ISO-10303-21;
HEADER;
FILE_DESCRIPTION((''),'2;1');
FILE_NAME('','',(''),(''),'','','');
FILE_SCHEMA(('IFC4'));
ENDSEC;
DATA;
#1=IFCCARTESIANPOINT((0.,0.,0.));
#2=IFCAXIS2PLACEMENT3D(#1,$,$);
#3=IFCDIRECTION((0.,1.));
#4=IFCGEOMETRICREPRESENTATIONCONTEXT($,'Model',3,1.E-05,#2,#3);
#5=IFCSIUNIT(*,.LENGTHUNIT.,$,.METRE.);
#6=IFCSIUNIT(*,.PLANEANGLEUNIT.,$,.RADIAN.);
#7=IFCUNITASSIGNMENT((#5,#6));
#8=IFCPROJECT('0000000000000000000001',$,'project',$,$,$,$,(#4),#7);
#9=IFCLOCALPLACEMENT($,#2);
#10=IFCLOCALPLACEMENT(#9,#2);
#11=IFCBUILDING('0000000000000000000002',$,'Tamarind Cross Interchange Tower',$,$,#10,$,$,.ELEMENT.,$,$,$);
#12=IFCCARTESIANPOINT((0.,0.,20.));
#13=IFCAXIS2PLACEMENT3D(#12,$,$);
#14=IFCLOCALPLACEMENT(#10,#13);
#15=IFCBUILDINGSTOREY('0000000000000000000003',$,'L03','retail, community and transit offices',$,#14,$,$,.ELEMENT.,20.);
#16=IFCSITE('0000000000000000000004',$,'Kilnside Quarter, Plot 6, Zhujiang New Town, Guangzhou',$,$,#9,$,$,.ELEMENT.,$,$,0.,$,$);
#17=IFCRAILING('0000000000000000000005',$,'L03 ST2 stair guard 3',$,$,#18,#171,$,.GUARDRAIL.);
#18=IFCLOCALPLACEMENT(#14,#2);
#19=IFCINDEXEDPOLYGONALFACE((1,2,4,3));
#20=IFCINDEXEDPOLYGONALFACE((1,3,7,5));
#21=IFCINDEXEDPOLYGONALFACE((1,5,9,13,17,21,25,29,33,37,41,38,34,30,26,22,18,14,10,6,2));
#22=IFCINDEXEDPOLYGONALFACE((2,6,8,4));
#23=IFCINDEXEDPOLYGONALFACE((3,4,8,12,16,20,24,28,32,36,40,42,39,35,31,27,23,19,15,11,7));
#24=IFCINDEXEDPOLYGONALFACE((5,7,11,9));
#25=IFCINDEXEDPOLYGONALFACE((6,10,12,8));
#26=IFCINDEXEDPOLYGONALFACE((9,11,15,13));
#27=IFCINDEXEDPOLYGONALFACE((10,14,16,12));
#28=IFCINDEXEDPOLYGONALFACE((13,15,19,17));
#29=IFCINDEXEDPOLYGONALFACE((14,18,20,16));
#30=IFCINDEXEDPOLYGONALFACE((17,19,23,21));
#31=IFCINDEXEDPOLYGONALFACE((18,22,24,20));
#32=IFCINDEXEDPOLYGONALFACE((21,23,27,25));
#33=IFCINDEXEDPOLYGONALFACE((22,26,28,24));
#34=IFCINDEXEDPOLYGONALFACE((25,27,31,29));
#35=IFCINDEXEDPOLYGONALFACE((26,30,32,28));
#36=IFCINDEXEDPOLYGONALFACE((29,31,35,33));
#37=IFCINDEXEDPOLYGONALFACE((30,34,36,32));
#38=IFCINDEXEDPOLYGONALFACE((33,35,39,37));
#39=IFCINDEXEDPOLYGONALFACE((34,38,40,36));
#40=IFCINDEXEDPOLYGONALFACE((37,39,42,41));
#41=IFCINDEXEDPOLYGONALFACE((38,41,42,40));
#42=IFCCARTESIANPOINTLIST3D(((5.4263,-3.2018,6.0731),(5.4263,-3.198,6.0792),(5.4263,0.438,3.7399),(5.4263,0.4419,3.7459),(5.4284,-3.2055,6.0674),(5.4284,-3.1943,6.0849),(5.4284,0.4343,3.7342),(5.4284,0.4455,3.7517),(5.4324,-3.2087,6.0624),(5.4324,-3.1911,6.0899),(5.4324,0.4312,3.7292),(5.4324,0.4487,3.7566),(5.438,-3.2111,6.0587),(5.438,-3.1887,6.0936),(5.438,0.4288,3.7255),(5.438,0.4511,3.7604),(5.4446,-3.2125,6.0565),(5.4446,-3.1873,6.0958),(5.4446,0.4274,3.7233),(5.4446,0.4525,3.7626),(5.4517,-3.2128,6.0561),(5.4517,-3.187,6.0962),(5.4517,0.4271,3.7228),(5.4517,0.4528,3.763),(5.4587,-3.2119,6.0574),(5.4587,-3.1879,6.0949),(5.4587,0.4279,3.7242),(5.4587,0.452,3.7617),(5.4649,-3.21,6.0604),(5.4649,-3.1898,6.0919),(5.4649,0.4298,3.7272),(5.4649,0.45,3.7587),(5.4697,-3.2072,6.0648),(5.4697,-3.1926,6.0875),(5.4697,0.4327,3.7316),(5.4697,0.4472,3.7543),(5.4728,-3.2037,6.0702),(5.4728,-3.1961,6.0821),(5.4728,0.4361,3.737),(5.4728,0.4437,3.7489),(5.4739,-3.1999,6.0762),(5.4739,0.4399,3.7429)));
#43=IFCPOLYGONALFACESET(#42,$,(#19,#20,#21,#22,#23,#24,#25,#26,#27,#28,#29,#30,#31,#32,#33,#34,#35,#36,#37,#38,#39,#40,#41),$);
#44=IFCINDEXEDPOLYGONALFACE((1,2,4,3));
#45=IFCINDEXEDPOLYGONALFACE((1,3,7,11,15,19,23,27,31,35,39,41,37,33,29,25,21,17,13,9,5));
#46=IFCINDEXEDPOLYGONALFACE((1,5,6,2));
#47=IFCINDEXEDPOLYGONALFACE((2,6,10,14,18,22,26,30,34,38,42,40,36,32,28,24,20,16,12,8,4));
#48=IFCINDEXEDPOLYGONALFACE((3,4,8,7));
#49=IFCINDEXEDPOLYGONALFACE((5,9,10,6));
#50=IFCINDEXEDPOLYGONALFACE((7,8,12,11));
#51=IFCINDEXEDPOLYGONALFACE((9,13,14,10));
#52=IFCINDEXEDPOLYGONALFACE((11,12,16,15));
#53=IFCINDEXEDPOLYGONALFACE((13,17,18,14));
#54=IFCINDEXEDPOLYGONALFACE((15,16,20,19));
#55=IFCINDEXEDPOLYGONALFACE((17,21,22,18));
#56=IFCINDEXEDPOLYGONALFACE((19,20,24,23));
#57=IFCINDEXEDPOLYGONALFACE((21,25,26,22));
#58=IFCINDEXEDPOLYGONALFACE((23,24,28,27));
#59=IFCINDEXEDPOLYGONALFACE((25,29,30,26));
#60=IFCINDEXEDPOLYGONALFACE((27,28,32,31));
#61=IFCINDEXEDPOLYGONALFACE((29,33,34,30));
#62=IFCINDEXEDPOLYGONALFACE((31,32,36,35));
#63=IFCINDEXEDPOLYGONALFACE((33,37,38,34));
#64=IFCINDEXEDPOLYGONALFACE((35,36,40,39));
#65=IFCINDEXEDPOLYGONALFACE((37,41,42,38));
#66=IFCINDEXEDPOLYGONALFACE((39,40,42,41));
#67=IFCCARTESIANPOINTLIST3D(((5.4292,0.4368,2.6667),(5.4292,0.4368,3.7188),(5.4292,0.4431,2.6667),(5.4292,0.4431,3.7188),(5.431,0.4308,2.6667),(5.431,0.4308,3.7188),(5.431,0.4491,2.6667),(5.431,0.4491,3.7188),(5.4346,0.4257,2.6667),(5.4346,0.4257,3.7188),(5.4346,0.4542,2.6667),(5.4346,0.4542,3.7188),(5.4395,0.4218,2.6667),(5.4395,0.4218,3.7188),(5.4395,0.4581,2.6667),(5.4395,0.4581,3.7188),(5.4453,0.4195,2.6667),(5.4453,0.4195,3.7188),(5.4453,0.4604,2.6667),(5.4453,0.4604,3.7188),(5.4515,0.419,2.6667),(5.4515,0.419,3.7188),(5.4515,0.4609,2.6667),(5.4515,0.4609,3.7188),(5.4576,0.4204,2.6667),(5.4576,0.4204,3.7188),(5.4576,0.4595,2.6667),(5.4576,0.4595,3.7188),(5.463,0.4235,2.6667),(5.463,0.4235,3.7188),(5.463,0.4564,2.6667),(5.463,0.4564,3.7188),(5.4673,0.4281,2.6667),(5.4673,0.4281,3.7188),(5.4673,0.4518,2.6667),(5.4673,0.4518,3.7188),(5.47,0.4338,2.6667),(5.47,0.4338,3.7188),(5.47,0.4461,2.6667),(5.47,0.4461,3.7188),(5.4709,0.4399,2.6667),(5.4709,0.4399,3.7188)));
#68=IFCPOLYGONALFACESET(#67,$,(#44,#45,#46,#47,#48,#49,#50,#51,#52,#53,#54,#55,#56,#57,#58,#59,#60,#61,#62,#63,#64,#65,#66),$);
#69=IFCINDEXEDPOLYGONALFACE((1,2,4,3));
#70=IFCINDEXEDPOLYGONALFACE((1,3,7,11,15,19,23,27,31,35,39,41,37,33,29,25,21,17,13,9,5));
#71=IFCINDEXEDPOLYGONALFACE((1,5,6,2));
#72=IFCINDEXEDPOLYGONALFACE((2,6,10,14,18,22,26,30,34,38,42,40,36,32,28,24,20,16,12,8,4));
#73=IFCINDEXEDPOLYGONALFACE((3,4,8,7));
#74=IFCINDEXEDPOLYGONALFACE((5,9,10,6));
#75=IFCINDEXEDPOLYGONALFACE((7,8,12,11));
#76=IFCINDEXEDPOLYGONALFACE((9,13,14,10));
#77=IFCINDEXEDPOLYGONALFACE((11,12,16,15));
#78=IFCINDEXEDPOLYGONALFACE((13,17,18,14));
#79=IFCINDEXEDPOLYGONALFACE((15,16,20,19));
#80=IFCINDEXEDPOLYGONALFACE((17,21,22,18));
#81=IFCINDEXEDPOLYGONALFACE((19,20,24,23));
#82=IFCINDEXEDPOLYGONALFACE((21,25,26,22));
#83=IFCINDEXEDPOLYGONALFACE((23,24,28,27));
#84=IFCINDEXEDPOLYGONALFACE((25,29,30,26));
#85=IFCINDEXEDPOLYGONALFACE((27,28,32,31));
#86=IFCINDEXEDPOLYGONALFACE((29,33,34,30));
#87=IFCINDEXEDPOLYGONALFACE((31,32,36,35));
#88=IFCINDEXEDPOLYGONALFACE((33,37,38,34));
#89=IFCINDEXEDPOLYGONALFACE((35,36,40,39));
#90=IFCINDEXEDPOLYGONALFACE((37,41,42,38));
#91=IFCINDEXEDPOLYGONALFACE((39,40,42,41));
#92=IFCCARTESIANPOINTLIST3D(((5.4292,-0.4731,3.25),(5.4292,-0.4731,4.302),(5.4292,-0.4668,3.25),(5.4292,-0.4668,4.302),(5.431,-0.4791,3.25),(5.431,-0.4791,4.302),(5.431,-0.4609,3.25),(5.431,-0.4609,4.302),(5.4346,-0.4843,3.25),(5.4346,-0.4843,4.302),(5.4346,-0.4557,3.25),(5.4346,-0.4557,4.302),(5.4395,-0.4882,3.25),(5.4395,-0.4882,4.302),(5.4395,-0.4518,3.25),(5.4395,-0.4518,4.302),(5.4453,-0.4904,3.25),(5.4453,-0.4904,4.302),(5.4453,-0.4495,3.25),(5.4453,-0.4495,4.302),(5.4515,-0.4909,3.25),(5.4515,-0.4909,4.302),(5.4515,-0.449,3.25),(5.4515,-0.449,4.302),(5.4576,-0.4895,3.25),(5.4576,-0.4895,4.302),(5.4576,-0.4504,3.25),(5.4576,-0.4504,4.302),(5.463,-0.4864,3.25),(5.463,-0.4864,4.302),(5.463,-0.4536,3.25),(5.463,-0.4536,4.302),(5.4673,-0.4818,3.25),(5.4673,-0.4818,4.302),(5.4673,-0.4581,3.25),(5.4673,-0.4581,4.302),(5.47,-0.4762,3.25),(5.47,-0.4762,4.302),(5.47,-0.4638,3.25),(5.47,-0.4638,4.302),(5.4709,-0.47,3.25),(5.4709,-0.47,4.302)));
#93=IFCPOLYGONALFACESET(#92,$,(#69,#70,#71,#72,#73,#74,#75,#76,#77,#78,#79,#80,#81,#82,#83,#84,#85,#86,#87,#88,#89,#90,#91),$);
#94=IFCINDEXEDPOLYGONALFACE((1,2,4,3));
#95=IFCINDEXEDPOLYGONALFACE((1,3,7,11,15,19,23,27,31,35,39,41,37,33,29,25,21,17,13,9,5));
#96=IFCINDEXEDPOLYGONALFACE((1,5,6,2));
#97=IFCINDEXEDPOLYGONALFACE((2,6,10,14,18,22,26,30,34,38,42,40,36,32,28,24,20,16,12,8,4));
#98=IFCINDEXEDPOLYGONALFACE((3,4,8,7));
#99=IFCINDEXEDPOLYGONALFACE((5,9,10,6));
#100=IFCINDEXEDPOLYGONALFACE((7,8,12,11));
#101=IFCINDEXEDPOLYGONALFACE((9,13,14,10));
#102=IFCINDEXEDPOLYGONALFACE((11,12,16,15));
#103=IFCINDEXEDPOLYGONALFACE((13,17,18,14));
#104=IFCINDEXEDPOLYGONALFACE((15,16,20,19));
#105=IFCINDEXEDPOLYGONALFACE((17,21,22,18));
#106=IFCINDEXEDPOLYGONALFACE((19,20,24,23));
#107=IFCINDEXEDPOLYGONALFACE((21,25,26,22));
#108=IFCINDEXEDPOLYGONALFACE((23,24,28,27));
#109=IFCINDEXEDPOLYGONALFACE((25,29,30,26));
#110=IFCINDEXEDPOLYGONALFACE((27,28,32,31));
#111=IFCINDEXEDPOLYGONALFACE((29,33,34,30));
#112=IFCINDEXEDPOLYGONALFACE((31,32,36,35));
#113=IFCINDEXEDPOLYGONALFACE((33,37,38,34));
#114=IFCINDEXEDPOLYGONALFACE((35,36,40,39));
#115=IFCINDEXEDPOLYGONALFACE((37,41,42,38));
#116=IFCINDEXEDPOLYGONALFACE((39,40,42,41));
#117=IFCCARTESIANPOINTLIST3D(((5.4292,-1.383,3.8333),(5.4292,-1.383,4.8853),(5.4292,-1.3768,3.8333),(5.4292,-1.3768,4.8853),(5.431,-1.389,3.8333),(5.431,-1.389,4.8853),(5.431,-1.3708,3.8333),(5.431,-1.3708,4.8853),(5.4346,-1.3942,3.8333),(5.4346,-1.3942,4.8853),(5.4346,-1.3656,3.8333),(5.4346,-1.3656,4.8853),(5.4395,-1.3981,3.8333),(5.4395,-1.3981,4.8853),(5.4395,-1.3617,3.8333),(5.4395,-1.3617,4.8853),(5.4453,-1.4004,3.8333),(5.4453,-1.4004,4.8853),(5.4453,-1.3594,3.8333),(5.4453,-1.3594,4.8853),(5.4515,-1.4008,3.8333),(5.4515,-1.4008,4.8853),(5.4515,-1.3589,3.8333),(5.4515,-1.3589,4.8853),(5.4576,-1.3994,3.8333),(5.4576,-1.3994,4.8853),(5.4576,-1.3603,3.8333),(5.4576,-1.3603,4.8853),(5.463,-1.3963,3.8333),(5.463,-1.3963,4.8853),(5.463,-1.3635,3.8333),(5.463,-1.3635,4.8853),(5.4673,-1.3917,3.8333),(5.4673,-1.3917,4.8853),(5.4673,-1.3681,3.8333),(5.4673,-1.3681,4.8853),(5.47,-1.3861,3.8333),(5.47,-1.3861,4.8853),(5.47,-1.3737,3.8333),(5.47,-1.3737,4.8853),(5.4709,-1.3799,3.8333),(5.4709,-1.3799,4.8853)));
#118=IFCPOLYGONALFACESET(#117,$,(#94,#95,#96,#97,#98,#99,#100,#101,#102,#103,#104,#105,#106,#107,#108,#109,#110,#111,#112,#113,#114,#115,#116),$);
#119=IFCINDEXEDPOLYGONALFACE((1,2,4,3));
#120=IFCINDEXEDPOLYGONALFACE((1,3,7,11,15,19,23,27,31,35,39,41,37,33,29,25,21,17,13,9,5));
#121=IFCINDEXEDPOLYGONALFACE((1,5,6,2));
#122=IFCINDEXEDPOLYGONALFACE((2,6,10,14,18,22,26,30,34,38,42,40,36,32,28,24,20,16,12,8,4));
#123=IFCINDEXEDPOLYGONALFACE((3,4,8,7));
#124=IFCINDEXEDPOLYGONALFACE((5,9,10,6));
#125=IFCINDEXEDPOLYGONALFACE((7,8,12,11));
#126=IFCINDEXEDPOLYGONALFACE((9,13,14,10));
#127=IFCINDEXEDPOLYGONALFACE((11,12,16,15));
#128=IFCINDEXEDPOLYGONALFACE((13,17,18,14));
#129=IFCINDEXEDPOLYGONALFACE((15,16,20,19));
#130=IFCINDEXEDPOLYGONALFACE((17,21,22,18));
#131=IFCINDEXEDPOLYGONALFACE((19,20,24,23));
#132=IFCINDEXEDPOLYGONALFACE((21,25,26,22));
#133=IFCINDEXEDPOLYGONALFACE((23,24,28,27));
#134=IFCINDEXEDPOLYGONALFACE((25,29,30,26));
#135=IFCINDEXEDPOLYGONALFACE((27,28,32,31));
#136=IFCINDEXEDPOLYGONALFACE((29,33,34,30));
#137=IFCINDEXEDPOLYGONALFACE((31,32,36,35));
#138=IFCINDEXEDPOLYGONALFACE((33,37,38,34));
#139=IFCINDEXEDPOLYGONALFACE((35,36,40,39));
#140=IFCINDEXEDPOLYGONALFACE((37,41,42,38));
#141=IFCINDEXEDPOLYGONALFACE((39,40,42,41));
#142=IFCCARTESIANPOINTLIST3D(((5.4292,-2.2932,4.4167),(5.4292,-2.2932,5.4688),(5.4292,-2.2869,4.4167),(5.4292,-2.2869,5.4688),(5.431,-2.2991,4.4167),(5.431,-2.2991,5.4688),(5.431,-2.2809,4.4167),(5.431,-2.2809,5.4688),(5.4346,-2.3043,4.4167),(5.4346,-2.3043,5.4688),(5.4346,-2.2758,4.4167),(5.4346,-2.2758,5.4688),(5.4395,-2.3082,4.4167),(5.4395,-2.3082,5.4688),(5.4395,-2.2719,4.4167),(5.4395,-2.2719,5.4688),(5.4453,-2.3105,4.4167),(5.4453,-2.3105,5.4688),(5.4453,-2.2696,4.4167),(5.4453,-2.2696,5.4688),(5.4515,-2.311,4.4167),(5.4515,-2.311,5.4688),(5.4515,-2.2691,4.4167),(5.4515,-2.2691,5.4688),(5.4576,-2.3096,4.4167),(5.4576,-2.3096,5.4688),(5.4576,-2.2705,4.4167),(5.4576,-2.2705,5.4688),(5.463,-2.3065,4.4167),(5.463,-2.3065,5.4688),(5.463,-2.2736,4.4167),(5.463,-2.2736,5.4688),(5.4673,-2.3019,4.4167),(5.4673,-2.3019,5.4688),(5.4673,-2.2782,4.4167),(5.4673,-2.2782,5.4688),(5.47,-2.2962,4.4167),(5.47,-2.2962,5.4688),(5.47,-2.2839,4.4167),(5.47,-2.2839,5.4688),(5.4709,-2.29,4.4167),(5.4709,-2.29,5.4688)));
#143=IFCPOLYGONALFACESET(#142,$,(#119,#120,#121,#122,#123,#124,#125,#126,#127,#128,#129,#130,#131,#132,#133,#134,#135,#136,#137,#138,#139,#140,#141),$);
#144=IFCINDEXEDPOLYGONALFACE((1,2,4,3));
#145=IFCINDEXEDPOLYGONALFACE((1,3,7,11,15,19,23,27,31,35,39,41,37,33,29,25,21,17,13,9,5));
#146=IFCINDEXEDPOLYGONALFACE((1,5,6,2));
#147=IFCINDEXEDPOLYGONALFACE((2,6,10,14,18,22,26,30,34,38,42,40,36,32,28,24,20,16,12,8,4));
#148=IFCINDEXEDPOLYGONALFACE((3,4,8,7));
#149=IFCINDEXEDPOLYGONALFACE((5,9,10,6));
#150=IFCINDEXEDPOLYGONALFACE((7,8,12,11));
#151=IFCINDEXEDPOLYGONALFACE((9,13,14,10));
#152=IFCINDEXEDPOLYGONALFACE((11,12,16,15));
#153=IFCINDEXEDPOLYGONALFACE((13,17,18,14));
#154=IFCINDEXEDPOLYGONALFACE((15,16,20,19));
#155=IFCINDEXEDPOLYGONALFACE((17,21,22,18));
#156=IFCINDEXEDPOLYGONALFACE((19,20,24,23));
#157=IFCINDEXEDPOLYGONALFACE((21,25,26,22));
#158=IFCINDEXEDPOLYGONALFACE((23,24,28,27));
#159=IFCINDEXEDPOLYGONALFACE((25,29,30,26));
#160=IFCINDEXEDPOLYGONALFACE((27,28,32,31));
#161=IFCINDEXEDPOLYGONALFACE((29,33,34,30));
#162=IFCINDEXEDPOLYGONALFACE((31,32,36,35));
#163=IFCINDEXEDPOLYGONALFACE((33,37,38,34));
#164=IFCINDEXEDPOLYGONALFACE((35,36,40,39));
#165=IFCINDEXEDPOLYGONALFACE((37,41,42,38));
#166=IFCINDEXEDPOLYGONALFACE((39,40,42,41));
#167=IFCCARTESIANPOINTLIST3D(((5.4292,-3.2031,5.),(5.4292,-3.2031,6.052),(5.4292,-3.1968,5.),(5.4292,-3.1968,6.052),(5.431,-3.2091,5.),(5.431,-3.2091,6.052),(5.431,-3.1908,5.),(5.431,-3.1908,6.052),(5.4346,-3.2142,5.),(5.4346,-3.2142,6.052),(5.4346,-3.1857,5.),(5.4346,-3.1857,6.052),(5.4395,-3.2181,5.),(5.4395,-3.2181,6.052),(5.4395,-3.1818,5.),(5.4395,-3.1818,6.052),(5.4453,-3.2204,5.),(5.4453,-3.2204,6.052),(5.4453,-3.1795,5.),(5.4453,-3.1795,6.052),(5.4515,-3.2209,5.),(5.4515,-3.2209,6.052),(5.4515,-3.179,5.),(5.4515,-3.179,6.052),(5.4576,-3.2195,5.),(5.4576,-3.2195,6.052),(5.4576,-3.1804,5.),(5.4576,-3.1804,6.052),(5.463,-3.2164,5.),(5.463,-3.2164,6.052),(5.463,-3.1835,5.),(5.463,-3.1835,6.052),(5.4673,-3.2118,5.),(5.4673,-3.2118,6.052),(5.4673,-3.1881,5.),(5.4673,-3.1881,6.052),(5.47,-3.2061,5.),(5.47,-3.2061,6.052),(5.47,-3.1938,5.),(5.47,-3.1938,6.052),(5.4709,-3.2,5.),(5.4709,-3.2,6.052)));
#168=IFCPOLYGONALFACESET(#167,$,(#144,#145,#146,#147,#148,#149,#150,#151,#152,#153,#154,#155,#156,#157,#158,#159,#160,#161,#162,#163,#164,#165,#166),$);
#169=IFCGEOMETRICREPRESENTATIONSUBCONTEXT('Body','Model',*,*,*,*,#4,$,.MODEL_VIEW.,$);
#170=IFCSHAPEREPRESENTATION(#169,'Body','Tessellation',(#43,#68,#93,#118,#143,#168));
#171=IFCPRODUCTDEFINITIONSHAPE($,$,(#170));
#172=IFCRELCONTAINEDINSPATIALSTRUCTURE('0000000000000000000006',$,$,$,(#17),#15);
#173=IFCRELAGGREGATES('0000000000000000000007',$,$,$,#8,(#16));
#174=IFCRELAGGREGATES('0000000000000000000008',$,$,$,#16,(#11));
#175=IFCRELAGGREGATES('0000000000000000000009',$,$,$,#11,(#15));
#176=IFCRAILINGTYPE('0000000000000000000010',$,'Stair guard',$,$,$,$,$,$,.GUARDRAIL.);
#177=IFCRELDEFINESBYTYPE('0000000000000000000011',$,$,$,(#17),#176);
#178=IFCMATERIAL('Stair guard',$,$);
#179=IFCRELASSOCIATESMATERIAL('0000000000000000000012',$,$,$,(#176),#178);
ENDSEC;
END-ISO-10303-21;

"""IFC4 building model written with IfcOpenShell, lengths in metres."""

from ifc_helpers import new_model, si_unit, direction, frame, origin, origin_2d, place, context, subcontext, project, spatial, circle, extrude, material, type_object, element, save


model = new_model("IFC4")

# Units and contexts
model_context = context("Model", 3, precision=1e-05, world=origin(), true_north=direction((0.0, 1.0)))
body_context = subcontext(model_context, "Body", "Model", "MODEL_VIEW")
ifc_project = project(units=[si_unit("LENGTHUNIT", "METRE"), si_unit("PLANEANGLEUNIT", "RADIAN")], contexts=[model_context])

# Site, building, storey
site_placement = place(None, origin())
site = spatial("IfcSite", under=ifc_project, at=site_placement, Name="Kilnside Quarter, Plot 6, Zhujiang New Town, Guangzhou", CompositionType="ELEMENT", RefElevation=0.0)
building_placement = place(site_placement, origin())
building = spatial("IfcBuilding", under=site, at=building_placement, Name="Tamarind Cross Interchange Tower", CompositionType="ELEMENT")
storey_placement = place(building_placement, frame((0.0, 0.0, 20.0)))
storey = spatial("IfcBuildingStorey", under=building, at=storey_placement, Name="L03", Description="retail, community and transit offices", CompositionType="ELEMENT", Elevation=20.0)

# Railing
ifc_material_1 = material(Name="Stair guard")
railing_type_1 = type_object("IfcRailingType", Name="Stair guard", PredefinedType="GUARDRAIL", material=ifc_material_1)
railing_1_placement = place(storey_placement, frame((5.45, 0.4399, 2.6667)))
element("IfcRailing", 1, at=railing_1_placement, inside=storey, type_object=railing_type_1, Name="L03 ST2 stair guard 3", PredefinedType="GUARDRAIL", context=body_context, shape_type="SweptSolid", body=[
    extrude(circle(Radius=0.0239, at=origin_2d()), frame((0.0, 0.0, 1.0762), z_axis=(0.0, -0.84188, 0.539664), x_axis=(1.0, 0.0, 0.0)), (0.0, 0.0, 1.0), 4.3235),
    extrude(circle(Radius=0.021, at=origin_2d()), origin(), (0.0, 0.0, 1.0), 1.052),
    extrude(circle(Radius=0.021, at=origin_2d()), frame((0.0, -0.9099, 0.5833)), (0.0, 0.0, 1.0), 1.052),
    extrude(circle(Radius=0.021, at=origin_2d()), frame((0.0, -1.8198, 1.1665)), (0.0, 0.0, 1.0), 1.052),
    extrude(circle(Radius=0.021, at=origin_2d()), frame((0.0, -2.73, 1.75)), (0.0, 0.0, 1.0), 1.052),
    extrude(circle(Radius=0.021, at=origin_2d()), frame((0.0, -3.6399, 2.3333)), (0.0, 0.0, 1.0), 1.052),
])

save(model, "model.ifc")
